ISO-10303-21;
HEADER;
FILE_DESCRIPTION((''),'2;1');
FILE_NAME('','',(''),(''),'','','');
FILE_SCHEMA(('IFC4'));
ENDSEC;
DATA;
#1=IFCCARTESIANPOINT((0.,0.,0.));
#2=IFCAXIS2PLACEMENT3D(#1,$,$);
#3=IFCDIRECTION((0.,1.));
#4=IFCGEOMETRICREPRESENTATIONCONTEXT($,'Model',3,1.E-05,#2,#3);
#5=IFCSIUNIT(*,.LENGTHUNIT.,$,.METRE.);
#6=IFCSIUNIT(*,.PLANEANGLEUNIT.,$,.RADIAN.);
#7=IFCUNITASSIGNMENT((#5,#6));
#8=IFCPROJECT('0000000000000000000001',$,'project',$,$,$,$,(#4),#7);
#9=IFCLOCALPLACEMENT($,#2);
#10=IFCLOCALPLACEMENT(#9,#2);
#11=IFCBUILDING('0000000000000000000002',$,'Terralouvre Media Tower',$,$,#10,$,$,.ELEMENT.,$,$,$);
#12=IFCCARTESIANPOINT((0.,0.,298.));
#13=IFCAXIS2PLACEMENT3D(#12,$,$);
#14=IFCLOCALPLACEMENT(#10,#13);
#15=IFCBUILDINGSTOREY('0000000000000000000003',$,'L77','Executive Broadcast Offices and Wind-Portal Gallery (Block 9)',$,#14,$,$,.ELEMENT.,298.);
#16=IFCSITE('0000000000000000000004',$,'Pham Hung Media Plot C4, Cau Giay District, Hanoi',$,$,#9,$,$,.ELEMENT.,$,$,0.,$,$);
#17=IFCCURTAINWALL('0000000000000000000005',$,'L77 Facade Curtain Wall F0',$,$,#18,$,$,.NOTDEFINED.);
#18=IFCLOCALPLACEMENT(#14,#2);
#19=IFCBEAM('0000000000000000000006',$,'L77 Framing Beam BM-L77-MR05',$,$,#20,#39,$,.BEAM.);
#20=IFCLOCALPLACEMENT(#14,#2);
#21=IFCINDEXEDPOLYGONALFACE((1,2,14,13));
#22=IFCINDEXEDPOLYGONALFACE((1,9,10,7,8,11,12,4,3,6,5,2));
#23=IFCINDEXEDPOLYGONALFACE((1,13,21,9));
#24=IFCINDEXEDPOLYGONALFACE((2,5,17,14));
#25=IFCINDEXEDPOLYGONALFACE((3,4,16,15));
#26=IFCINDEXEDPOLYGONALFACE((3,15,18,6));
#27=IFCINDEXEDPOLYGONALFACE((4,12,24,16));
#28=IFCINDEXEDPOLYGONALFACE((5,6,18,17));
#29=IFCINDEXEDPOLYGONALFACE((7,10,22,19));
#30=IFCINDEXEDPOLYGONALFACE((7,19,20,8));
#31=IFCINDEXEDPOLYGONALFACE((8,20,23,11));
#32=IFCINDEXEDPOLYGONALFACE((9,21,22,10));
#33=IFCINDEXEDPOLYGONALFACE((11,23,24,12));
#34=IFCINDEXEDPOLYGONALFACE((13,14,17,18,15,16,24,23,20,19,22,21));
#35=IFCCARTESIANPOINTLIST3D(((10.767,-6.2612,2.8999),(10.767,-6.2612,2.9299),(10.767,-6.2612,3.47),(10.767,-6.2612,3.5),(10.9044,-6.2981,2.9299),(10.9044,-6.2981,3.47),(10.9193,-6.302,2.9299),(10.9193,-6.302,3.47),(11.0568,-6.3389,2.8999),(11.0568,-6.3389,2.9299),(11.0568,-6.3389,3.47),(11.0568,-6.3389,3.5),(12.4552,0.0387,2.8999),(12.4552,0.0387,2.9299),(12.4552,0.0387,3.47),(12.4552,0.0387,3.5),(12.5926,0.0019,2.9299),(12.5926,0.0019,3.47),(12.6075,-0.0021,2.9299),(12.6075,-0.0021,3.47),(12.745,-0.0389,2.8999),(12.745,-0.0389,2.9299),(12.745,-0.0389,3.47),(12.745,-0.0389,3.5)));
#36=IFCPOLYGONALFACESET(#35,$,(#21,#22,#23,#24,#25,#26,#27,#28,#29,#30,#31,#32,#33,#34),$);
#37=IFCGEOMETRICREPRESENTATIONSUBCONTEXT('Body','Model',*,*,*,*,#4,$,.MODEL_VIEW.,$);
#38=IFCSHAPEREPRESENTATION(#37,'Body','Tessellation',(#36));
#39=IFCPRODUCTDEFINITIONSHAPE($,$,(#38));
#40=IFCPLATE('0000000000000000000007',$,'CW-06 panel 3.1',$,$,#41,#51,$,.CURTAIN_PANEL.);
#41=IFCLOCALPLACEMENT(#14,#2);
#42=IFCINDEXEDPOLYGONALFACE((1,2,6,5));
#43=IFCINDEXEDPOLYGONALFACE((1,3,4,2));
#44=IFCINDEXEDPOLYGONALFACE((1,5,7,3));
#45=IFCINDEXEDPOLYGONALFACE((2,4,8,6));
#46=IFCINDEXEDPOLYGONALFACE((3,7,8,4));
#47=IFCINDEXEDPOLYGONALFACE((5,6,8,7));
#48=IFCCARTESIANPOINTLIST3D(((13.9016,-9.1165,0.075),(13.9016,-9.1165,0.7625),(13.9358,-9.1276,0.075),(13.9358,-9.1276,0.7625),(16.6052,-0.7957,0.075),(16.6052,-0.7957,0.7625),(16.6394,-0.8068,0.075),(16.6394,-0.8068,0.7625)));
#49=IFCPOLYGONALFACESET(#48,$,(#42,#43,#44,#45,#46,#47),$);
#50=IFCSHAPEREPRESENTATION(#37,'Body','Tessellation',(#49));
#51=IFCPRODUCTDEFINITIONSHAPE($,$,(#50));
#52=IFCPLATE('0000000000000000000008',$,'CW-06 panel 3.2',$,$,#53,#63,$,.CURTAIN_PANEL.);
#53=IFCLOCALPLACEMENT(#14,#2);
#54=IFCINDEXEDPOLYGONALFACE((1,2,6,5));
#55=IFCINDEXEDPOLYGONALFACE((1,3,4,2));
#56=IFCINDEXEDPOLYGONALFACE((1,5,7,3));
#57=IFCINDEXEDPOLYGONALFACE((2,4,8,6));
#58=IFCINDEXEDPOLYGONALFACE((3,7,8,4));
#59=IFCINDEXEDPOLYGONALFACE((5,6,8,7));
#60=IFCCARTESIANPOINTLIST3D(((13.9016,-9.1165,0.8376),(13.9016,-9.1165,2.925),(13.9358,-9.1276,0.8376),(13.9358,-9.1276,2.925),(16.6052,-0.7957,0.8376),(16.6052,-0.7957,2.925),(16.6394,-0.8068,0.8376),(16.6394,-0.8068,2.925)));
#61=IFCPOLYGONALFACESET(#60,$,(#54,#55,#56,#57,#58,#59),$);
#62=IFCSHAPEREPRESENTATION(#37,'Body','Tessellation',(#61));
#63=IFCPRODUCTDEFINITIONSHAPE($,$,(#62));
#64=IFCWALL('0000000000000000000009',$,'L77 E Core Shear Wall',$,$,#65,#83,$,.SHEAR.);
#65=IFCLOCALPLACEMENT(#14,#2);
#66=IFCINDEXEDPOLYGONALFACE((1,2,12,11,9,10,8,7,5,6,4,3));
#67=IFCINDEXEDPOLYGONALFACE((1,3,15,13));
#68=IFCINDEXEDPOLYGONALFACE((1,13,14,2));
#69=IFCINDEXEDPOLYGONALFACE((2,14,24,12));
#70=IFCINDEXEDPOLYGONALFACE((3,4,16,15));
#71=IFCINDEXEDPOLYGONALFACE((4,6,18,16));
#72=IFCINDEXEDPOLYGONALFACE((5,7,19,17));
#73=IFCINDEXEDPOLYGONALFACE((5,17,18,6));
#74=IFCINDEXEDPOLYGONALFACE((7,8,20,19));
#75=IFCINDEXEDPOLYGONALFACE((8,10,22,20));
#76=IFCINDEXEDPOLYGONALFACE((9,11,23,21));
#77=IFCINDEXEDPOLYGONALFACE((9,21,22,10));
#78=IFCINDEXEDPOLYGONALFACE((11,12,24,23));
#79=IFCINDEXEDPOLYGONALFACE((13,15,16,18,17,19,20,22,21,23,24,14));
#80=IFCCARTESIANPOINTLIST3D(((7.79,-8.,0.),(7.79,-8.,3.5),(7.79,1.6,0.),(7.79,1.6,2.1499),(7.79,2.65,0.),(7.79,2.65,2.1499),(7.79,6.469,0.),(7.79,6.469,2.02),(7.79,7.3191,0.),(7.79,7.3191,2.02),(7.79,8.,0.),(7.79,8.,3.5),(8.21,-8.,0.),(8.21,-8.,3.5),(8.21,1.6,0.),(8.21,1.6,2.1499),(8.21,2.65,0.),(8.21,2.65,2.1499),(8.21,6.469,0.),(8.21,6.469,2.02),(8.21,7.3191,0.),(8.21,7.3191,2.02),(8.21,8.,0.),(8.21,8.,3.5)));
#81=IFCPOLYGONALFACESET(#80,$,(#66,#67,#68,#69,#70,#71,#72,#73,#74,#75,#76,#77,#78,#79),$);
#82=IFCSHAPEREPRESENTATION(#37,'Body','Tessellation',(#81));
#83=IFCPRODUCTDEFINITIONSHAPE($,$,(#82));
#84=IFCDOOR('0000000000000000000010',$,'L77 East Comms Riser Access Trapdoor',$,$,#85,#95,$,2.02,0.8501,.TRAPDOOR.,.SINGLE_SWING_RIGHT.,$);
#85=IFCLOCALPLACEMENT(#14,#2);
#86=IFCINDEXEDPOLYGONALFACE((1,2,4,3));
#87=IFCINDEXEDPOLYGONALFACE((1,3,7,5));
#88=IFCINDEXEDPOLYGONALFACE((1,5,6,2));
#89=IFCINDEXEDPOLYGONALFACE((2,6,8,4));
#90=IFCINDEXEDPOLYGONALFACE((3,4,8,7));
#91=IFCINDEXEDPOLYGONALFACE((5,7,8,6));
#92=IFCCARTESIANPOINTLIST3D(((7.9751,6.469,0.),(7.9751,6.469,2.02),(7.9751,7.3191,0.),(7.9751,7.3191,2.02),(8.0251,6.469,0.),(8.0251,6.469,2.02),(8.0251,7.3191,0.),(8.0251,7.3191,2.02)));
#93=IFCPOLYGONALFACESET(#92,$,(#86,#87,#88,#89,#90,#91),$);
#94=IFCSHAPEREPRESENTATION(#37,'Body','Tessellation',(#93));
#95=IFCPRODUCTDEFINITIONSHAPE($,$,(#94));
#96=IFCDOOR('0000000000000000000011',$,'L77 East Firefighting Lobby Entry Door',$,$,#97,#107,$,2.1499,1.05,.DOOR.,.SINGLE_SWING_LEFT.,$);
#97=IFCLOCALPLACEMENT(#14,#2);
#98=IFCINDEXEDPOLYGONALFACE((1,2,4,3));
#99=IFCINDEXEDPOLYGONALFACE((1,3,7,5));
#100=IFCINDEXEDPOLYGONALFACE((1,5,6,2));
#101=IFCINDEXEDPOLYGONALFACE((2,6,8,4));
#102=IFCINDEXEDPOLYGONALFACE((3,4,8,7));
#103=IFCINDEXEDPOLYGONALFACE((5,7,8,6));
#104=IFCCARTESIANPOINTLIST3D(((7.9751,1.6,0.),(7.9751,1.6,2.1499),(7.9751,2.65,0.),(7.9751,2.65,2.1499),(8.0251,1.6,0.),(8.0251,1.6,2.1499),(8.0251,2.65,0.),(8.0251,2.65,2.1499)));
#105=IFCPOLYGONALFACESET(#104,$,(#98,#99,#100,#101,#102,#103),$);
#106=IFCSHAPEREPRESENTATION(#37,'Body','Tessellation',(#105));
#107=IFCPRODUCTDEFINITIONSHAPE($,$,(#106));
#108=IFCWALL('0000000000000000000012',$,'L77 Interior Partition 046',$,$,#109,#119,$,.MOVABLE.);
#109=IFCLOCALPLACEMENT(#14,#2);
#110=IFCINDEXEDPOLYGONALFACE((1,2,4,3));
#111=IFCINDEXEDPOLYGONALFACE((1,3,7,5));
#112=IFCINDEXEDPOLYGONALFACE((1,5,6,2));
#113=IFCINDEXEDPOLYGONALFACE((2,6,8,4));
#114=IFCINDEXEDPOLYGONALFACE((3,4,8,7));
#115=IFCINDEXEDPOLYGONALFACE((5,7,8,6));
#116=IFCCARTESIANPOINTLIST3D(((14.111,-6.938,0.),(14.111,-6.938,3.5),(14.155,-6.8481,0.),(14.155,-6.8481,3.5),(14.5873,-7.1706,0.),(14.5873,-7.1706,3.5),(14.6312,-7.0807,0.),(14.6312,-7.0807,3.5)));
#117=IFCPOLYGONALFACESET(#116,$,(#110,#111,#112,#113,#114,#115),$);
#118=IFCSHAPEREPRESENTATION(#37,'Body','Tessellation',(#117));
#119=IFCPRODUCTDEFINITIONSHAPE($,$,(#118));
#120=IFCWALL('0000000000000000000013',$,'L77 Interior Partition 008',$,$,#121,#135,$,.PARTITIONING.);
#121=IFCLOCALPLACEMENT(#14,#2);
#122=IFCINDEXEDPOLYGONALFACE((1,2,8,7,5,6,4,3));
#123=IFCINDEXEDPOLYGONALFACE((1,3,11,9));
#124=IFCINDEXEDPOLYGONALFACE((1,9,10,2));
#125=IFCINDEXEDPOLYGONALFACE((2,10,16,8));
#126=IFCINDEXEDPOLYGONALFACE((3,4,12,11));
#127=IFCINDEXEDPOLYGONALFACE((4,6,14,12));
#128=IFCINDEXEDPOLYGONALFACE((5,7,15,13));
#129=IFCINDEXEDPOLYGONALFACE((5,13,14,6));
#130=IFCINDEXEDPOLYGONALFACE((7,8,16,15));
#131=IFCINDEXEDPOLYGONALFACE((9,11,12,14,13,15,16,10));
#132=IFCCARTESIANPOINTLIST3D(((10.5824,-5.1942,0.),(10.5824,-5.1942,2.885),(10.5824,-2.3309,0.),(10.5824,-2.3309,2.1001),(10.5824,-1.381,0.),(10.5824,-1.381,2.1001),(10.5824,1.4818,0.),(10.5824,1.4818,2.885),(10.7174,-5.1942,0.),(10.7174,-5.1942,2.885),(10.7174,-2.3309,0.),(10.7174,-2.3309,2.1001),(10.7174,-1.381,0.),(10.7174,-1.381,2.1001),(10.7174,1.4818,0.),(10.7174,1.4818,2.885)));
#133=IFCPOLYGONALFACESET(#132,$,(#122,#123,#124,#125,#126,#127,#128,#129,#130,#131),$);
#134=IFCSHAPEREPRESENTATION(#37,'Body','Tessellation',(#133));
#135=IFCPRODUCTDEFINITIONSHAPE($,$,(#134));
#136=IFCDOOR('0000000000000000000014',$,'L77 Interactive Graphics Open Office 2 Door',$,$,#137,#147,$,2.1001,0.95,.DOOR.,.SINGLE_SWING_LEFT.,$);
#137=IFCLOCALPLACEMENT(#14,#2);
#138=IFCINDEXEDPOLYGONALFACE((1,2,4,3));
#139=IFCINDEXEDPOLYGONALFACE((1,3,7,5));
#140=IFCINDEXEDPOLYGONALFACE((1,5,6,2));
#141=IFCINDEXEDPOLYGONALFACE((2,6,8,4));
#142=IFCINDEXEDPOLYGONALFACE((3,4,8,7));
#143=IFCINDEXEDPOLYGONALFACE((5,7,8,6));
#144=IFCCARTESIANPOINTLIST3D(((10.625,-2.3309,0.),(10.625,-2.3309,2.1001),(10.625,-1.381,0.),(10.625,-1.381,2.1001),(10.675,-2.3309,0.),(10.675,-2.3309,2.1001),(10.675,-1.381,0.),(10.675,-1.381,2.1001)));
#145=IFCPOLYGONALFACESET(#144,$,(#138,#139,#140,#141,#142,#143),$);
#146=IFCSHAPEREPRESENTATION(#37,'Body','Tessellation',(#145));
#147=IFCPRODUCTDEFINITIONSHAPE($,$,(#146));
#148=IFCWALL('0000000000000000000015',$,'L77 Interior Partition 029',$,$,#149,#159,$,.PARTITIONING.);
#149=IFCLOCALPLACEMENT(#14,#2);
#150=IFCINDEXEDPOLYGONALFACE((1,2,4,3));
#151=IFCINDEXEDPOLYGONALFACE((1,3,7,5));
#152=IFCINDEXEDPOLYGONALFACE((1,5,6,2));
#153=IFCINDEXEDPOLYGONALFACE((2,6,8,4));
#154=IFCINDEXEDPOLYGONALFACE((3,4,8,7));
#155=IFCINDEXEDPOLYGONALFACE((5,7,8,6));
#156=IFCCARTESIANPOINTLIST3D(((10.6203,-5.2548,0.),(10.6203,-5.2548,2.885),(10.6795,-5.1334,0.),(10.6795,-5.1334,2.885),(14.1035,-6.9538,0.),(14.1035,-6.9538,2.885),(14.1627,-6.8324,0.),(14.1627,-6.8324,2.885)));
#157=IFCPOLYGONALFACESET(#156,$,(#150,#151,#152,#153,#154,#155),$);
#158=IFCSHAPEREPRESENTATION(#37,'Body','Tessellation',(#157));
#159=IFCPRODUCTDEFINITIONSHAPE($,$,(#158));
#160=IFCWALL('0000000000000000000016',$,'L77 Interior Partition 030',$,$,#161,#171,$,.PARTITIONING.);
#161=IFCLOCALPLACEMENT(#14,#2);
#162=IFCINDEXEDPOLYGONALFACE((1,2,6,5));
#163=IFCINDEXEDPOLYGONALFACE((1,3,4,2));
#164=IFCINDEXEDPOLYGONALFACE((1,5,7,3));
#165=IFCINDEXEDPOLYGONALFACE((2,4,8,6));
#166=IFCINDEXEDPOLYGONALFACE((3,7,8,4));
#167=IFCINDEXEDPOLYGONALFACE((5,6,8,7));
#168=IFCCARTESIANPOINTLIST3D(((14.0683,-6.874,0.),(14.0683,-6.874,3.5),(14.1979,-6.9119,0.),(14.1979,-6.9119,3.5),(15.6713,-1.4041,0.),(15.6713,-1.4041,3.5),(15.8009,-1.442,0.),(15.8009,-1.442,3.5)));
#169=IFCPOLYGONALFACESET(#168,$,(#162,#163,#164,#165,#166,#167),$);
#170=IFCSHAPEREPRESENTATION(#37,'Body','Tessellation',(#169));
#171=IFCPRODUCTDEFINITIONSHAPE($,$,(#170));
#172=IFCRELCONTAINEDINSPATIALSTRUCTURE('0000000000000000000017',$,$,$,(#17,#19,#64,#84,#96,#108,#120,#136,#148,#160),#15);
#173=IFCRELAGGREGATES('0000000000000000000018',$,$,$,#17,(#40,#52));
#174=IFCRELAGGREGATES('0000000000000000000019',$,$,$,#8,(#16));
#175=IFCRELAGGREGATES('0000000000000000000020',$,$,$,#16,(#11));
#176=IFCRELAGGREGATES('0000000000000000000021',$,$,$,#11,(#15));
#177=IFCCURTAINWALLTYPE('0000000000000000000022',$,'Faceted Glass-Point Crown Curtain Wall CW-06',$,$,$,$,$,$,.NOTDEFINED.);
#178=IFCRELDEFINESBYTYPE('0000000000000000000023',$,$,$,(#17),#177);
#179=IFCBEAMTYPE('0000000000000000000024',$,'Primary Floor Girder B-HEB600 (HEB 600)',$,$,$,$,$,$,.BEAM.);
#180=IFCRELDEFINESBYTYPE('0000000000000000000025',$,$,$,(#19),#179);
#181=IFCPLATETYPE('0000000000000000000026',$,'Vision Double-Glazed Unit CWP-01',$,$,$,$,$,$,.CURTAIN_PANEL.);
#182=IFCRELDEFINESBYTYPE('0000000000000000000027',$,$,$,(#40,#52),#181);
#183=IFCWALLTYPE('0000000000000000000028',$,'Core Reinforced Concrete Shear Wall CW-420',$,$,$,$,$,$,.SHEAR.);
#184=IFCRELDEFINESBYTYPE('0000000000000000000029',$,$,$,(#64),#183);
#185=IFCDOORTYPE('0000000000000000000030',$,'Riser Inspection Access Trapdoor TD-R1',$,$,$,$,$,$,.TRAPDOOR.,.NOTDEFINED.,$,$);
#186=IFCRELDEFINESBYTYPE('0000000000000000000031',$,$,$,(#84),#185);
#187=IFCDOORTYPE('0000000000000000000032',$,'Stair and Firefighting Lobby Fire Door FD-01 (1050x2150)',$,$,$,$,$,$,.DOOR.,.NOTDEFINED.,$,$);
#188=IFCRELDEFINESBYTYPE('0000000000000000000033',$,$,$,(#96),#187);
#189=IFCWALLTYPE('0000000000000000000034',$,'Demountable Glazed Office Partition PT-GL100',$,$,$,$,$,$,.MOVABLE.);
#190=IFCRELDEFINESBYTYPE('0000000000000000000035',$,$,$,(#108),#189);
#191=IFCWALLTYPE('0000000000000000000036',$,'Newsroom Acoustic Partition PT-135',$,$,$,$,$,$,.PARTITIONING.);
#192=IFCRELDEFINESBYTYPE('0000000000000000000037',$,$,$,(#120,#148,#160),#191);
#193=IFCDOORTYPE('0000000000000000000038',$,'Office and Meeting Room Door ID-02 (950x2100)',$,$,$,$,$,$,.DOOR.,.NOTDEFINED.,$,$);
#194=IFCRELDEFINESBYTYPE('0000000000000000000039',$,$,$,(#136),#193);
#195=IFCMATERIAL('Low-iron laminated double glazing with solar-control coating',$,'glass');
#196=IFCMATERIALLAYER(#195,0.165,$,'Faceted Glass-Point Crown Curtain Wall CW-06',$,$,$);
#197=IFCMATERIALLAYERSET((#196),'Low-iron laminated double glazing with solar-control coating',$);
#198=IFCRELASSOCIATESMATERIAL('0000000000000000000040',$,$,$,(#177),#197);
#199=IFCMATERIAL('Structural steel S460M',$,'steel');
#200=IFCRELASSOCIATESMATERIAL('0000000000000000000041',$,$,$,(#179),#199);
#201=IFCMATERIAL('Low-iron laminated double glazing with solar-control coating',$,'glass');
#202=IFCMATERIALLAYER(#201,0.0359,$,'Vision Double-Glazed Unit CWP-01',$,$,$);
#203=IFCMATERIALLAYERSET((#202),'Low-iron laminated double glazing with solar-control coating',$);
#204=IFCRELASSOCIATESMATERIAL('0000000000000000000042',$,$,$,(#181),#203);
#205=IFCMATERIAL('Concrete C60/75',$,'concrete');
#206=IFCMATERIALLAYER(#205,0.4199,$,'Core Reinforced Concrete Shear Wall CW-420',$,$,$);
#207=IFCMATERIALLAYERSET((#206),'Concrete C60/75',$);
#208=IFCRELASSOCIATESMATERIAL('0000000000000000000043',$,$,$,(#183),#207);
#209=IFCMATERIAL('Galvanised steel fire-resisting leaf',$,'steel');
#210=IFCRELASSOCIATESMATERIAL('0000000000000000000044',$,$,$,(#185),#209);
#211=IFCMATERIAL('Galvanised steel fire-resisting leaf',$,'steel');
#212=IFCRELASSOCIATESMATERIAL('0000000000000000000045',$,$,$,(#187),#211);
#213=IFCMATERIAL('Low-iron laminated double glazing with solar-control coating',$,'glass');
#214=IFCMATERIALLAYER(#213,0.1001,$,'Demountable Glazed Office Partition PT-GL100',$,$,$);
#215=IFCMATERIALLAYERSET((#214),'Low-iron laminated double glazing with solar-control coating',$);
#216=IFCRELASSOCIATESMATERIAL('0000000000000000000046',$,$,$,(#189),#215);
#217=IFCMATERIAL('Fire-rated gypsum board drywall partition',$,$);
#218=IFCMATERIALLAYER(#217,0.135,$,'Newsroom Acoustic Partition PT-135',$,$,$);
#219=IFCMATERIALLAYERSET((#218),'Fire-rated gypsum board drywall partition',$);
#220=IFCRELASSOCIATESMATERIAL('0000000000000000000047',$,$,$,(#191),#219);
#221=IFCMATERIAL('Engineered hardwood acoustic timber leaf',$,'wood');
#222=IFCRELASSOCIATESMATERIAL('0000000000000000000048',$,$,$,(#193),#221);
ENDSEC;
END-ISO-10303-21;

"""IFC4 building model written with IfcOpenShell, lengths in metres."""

from ifc_helpers import new_model, si_unit, direction, frame, frame_2d, origin, origin_2d, place, context, subcontext, project, spatial, rectangle, i_section, extrude, material, layer, layer_set, material_profile, profile_set, type_object, element, fill, aggregate, save


model = new_model("IFC4")

# Units and contexts
model_context = context("Model", 3, precision=1e-05, world=origin(), true_north=direction((0.0, 1.0)))
body_context = subcontext(model_context, "Body", "Model", "MODEL_VIEW")
ifc_project = project(units=[si_unit("LENGTHUNIT", "METRE"), si_unit("PLANEANGLEUNIT", "RADIAN")], contexts=[model_context])

# Site, building, storey
site_placement = place(None, origin())
site = spatial("IfcSite", under=ifc_project, at=site_placement, Name="Pham Hung Media Plot C4, Cau Giay District, Hanoi", CompositionType="ELEMENT", RefElevation=0.0)
building_placement = place(site_placement, origin())
building = spatial("IfcBuilding", under=site, at=building_placement, Name="Terralouvre Media Tower", CompositionType="ELEMENT")
storey_placement = place(building_placement, frame((0.0, 0.0, 298.0)))
storey = spatial("IfcBuildingStorey", under=building, at=storey_placement, Name="L77", Description="Executive Broadcast Offices and Wind-Portal Gallery (Block 9)", CompositionType="ELEMENT", Elevation=298.0)

# Curtain wall
ifc_material_1 = material(Name="Low-iron laminated double glazing with solar-control coating", Category="glass")
ifc_layer_1 = layer(ifc_material_1, 0.165, Name="Faceted Glass-Point Crown Curtain Wall CW-06")
ifc_layer_set_1 = layer_set([ifc_layer_1], Name="Low-iron laminated double glazing with solar-control coating")
curtain_wall_type = type_object("IfcCurtainWallType", Name="Faceted Glass-Point Crown Curtain Wall CW-06", PredefinedType="NOTDEFINED", material=ifc_layer_set_1)
curtain_wall_placement = place(storey_placement, origin())
curtain_wall = element("IfcCurtainWall", 1, at=curtain_wall_placement, inside=storey, type_object=curtain_wall_type, Name="L77 Facade Curtain Wall F0", PredefinedType="NOTDEFINED")

# Beam
ifc_material_2 = material(Name="Structural steel S460M", Category="steel")
ifc_material_profile_1 = material_profile(ifc_material_2, i_section(OverallWidth=0.3, OverallDepth=0.6001, WebThickness=0.0154, FlangeThickness=0.03, at=origin_2d()), Name="HEB 600")
ifc_profile_set_1 = profile_set([ifc_material_profile_1], Name="Structural steel S460M")
beam_type_1 = type_object("IfcBeamType", Name="Primary Floor Girder B-HEB600 (HEB 600)", PredefinedType="BEAM", material=ifc_profile_set_1)
beam_1_placement = place(storey_placement, frame((10.9119, -6.3, 3.2), z_axis=(0.258839, 0.96592, 0.0), x_axis=(-0.96592, 0.258839, 0.0)))
element("IfcBeam", 2, at=beam_1_placement, inside=storey, type_object=beam_type_1, Name="L77 Framing Beam BM-L77-MR05", PredefinedType="BEAM", context=body_context, shape_type="SweptSolid", body=[
    extrude(i_section(OverallWidth=0.3, OverallDepth=0.6001, WebThickness=0.0154, FlangeThickness=0.03, at=origin_2d()), origin(), (0.0, 0.0, 1.0), 6.5222),
])

# Plates
ifc_material_3 = material(Name="Low-iron laminated double glazing with solar-control coating", Category="glass")
ifc_layer_2 = layer(ifc_material_3, 0.0359, Name="Vision Double-Glazed Unit CWP-01")
ifc_layer_set_2 = layer_set([ifc_layer_2], Name="Low-iron laminated double glazing with solar-control coating")
plate_type = type_object("IfcPlateType", Name="Vision Double-Glazed Unit CWP-01", PredefinedType="CURTAIN_PANEL", material=ifc_layer_set_2)
plate_1_placement = place(storey_placement, frame((15.2705, -4.9617, 0.075), z_axis=(0.0, 0.0, 1.0), x_axis=(0.309017, 0.951057, 0.0)))
plate_1 = element("IfcPlate", 3, at=plate_1_placement, type_object=plate_type, Name="CW-06 panel 3.1", PredefinedType="CURTAIN_PANEL", context=body_context, shape_type="SweptSolid", body=[
    extrude(rectangle(XDim=8.749, YDim=0.0359, at=origin_2d()), origin(), (0.0, 0.0, 1.0), 0.6875),
])
plate_2_placement = place(storey_placement, frame((15.2705, -4.9617, 0.8376), z_axis=(0.0, 0.0, 1.0), x_axis=(0.309017, 0.951057, 0.0)))
plate_2 = element("IfcPlate", 4, at=plate_2_placement, type_object=plate_type, Name="CW-06 panel 3.2", PredefinedType="CURTAIN_PANEL", context=body_context, shape_type="SweptSolid", body=[
    extrude(rectangle(XDim=8.749, YDim=0.0359, at=origin_2d()), origin(), (0.0, 0.0, 1.0), 2.0874),
])
aggregate(curtain_wall, [plate_1, plate_2])

# Wall, openings, doors
ifc_material_4 = material(Name="Concrete C60/75", Category="concrete")
ifc_layer_3 = layer(ifc_material_4, 0.4199, Name="Core Reinforced Concrete Shear Wall CW-420")
ifc_layer_set_3 = layer_set([ifc_layer_3], Name="Concrete C60/75")
wall_type_1 = type_object("IfcWallType", Name="Core Reinforced Concrete Shear Wall CW-420", PredefinedType="SHEAR", material=ifc_layer_set_3)
wall_1_placement = place(storey_placement, frame((8.0, -8.0, 0.0), z_axis=(0.0, 0.0, 1.0), x_axis=(0.0, 1.0, 0.0)))
wall_1 = element("IfcWall", 5, at=wall_1_placement, inside=storey, type_object=wall_type_1, Name="L77 E Core Shear Wall", PredefinedType="SHEAR", context=body_context, shape_type="SweptSolid", body=[
    extrude(rectangle(XDim=16.0, YDim=0.4199, at=frame_2d((8.0, 0.0))), origin(), (0.0, 0.0, 1.0), 3.5),
])
opening_1_placement = place(wall_1_placement, frame((9.6001, 0.0, 0.0)))
opening_1 = element("IfcOpeningElement", 6, at=opening_1_placement, cuts=wall_1, PredefinedType="OPENING", context=body_context, shape_type="SweptSolid", body=[
    extrude(rectangle(XDim=1.05, YDim=2.1499, at=frame_2d((0.5249, 1.075))), frame((0.0, 0.22, 0.0), z_axis=(0.0, -1.0, 0.0), x_axis=(1.0, 0.0, 0.0)), (0.0, 0.0, 1.0), 0.4399),
])
opening_2_placement = place(wall_1_placement, frame((14.469, 0.0, 0.0)))
opening_2 = element("IfcOpeningElement", 7, at=opening_2_placement, cuts=wall_1, PredefinedType="OPENING", context=body_context, shape_type="SweptSolid", body=[
    extrude(rectangle(XDim=0.8501, YDim=2.02, at=frame_2d((0.425, 1.01))), frame((0.0, 0.22, 0.0), z_axis=(0.0, -1.0, 0.0), x_axis=(1.0, 0.0, 0.0)), (0.0, 0.0, 1.0), 0.4399),
])
ifc_material_5 = material(Name="Galvanised steel fire-resisting leaf", Category="steel")
door_type_1 = type_object("IfcDoorType", Name="Riser Inspection Access Trapdoor TD-R1", OperationType="NOTDEFINED", PredefinedType="TRAPDOOR", material=ifc_material_5)
door_1_placement = place(opening_2_placement, origin())
door_1 = element("IfcDoor", 8, at=door_1_placement, inside=storey, type_object=door_type_1, Name="L77 East Comms Riser Access Trapdoor", OperationType="SINGLE_SWING_RIGHT", OverallHeight=2.02, OverallWidth=0.8501, PredefinedType="TRAPDOOR", context=body_context, shape_type="SweptSolid", body=[
    extrude(rectangle(XDim=0.8501, YDim=2.02, at=frame_2d((0.425, 1.01))), frame((0.0, 0.0249, 0.0), z_axis=(0.0, -1.0, 0.0), x_axis=(1.0, 0.0, 0.0)), (0.0, 0.0, 1.0), 0.05),
])
fill(opening_2, door_1)
ifc_material_6 = material(Name="Galvanised steel fire-resisting leaf", Category="steel")
door_type_2 = type_object("IfcDoorType", Name="Stair and Firefighting Lobby Fire Door FD-01 (1050x2150)", OperationType="NOTDEFINED", PredefinedType="DOOR", material=ifc_material_6)
door_2_placement = place(opening_1_placement, origin())
door_2 = element("IfcDoor", 9, at=door_2_placement, inside=storey, type_object=door_type_2, Name="L77 East Firefighting Lobby Entry Door", OperationType="SINGLE_SWING_LEFT", OverallHeight=2.1499, OverallWidth=1.05, PredefinedType="DOOR", context=body_context, shape_type="SweptSolid", body=[
    extrude(rectangle(XDim=1.05, YDim=2.1499, at=frame_2d((0.5249, 1.075))), frame((0.0, 0.0249, 0.0), z_axis=(0.0, -1.0, 0.0), x_axis=(1.0, 0.0, 0.0)), (0.0, 0.0, 1.0), 0.05),
])
fill(opening_1, door_2)

# Wall
ifc_material_7 = material(Name="Low-iron laminated double glazing with solar-control coating", Category="glass")
ifc_layer_4 = layer(ifc_material_7, 0.1001, Name="Demountable Glazed Office Partition PT-GL100")
ifc_layer_set_4 = layer_set([ifc_layer_4], Name="Low-iron laminated double glazing with solar-control coating")
wall_type_2 = type_object("IfcWallType", Name="Demountable Glazed Office Partition PT-GL100", PredefinedType="MOVABLE", material=ifc_layer_set_4)
wall_2_placement = place(storey_placement, frame((14.6094, -7.1257, 0.0), z_axis=(0.0, 0.0, 1.0), x_axis=(-0.898534, 0.438904, 0.0)))
element("IfcWall", 10, at=wall_2_placement, inside=storey, type_object=wall_type_2, Name="L77 Interior Partition 046", PredefinedType="MOVABLE", context=body_context, shape_type="SweptSolid", body=[
    extrude(rectangle(XDim=0.53, YDim=0.1001, at=frame_2d((0.2651, 0.0))), origin(), (0.0, 0.0, 1.0), 3.5),
])

# Wall, opening, door
ifc_material_8 = material(Name="Fire-rated gypsum board drywall partition")
ifc_layer_5 = layer(ifc_material_8, 0.135, Name="Newsroom Acoustic Partition PT-135")
ifc_layer_set_5 = layer_set([ifc_layer_5], Name="Fire-rated gypsum board drywall partition")
wall_type_3 = type_object("IfcWallType", Name="Newsroom Acoustic Partition PT-135", PredefinedType="PARTITIONING", material=ifc_layer_set_5)
wall_3_placement = place(storey_placement, frame((10.6499, -5.1941, 0.0), z_axis=(0.0, 0.0, 1.0), x_axis=(0.0, 1.0, 0.0)))
wall_3 = element("IfcWall", 11, at=wall_3_placement, inside=storey, type_object=wall_type_3, Name="L77 Interior Partition 008", PredefinedType="PARTITIONING", context=body_context, shape_type="SweptSolid", body=[
    extrude(rectangle(XDim=6.676, YDim=0.135, at=frame_2d((3.3379, 0.0))), origin(), (0.0, 0.0, 1.0), 2.885),
])
opening_3_placement = place(wall_3_placement, frame((2.863, 0.0, 0.0)))
opening_3 = element("IfcOpeningElement", 12, at=opening_3_placement, cuts=wall_3, PredefinedType="OPENING", context=body_context, shape_type="SweptSolid", body=[
    extrude(rectangle(XDim=0.95, YDim=2.1001, at=frame_2d((0.4751, 1.05))), frame((0.0, 0.0774, 0.0), z_axis=(0.0, -1.0, 0.0), x_axis=(1.0, 0.0, 0.0)), (0.0, 0.0, 1.0), 0.155),
])
ifc_material_9 = material(Name="Engineered hardwood acoustic timber leaf", Category="wood")
door_type_3 = type_object("IfcDoorType", Name="Office and Meeting Room Door ID-02 (950x2100)", OperationType="NOTDEFINED", PredefinedType="DOOR", material=ifc_material_9)
door_3_placement = place(opening_3_placement, origin())
door_3 = element("IfcDoor", 13, at=door_3_placement, inside=storey, type_object=door_type_3, Name="L77 Interactive Graphics Open Office 2 Door", OperationType="SINGLE_SWING_LEFT", OverallHeight=2.1001, OverallWidth=0.95, PredefinedType="DOOR", context=body_context, shape_type="SweptSolid", body=[
    extrude(rectangle(XDim=0.95, YDim=2.1001, at=frame_2d((0.4751, 1.05))), frame((0.0, 0.0249, 0.0), z_axis=(0.0, -1.0, 0.0), x_axis=(1.0, 0.0, 0.0)), (0.0, 0.0, 1.0), 0.05),
])
fill(opening_3, door_3)

# Walls
wall_4_placement = place(storey_placement, frame((10.6499, -5.1941, 0.0), z_axis=(0.0, 0.0, 1.0), x_axis=(0.898781, -0.438398, 0.0)))
element("IfcWall", 14, at=wall_4_placement, inside=storey, type_object=wall_type_3, Name="L77 Interior Partition 029", PredefinedType="PARTITIONING", context=body_context, shape_type="SweptSolid", body=[
    extrude(rectangle(XDim=3.8755, YDim=0.135, at=frame_2d((1.9377, 0.0))), origin(), (0.0, 0.0, 1.0), 2.885),
])
wall_5_placement = place(storey_placement, frame((14.1331, -6.8931, 0.0), z_axis=(0.0, 0.0, 1.0), x_axis=(0.281232, 0.95964, 0.0)))
element("IfcWall", 15, at=wall_5_placement, inside=storey, type_object=wall_type_3, Name="L77 Interior Partition 030", PredefinedType="PARTITIONING", context=body_context, shape_type="SweptSolid", body=[
    extrude(rectangle(XDim=5.7, YDim=0.135, at=frame_2d((2.8501, 0.0))), origin(), (0.0, 0.0, 1.0), 3.5),
])

save(model, "model.ifc")
